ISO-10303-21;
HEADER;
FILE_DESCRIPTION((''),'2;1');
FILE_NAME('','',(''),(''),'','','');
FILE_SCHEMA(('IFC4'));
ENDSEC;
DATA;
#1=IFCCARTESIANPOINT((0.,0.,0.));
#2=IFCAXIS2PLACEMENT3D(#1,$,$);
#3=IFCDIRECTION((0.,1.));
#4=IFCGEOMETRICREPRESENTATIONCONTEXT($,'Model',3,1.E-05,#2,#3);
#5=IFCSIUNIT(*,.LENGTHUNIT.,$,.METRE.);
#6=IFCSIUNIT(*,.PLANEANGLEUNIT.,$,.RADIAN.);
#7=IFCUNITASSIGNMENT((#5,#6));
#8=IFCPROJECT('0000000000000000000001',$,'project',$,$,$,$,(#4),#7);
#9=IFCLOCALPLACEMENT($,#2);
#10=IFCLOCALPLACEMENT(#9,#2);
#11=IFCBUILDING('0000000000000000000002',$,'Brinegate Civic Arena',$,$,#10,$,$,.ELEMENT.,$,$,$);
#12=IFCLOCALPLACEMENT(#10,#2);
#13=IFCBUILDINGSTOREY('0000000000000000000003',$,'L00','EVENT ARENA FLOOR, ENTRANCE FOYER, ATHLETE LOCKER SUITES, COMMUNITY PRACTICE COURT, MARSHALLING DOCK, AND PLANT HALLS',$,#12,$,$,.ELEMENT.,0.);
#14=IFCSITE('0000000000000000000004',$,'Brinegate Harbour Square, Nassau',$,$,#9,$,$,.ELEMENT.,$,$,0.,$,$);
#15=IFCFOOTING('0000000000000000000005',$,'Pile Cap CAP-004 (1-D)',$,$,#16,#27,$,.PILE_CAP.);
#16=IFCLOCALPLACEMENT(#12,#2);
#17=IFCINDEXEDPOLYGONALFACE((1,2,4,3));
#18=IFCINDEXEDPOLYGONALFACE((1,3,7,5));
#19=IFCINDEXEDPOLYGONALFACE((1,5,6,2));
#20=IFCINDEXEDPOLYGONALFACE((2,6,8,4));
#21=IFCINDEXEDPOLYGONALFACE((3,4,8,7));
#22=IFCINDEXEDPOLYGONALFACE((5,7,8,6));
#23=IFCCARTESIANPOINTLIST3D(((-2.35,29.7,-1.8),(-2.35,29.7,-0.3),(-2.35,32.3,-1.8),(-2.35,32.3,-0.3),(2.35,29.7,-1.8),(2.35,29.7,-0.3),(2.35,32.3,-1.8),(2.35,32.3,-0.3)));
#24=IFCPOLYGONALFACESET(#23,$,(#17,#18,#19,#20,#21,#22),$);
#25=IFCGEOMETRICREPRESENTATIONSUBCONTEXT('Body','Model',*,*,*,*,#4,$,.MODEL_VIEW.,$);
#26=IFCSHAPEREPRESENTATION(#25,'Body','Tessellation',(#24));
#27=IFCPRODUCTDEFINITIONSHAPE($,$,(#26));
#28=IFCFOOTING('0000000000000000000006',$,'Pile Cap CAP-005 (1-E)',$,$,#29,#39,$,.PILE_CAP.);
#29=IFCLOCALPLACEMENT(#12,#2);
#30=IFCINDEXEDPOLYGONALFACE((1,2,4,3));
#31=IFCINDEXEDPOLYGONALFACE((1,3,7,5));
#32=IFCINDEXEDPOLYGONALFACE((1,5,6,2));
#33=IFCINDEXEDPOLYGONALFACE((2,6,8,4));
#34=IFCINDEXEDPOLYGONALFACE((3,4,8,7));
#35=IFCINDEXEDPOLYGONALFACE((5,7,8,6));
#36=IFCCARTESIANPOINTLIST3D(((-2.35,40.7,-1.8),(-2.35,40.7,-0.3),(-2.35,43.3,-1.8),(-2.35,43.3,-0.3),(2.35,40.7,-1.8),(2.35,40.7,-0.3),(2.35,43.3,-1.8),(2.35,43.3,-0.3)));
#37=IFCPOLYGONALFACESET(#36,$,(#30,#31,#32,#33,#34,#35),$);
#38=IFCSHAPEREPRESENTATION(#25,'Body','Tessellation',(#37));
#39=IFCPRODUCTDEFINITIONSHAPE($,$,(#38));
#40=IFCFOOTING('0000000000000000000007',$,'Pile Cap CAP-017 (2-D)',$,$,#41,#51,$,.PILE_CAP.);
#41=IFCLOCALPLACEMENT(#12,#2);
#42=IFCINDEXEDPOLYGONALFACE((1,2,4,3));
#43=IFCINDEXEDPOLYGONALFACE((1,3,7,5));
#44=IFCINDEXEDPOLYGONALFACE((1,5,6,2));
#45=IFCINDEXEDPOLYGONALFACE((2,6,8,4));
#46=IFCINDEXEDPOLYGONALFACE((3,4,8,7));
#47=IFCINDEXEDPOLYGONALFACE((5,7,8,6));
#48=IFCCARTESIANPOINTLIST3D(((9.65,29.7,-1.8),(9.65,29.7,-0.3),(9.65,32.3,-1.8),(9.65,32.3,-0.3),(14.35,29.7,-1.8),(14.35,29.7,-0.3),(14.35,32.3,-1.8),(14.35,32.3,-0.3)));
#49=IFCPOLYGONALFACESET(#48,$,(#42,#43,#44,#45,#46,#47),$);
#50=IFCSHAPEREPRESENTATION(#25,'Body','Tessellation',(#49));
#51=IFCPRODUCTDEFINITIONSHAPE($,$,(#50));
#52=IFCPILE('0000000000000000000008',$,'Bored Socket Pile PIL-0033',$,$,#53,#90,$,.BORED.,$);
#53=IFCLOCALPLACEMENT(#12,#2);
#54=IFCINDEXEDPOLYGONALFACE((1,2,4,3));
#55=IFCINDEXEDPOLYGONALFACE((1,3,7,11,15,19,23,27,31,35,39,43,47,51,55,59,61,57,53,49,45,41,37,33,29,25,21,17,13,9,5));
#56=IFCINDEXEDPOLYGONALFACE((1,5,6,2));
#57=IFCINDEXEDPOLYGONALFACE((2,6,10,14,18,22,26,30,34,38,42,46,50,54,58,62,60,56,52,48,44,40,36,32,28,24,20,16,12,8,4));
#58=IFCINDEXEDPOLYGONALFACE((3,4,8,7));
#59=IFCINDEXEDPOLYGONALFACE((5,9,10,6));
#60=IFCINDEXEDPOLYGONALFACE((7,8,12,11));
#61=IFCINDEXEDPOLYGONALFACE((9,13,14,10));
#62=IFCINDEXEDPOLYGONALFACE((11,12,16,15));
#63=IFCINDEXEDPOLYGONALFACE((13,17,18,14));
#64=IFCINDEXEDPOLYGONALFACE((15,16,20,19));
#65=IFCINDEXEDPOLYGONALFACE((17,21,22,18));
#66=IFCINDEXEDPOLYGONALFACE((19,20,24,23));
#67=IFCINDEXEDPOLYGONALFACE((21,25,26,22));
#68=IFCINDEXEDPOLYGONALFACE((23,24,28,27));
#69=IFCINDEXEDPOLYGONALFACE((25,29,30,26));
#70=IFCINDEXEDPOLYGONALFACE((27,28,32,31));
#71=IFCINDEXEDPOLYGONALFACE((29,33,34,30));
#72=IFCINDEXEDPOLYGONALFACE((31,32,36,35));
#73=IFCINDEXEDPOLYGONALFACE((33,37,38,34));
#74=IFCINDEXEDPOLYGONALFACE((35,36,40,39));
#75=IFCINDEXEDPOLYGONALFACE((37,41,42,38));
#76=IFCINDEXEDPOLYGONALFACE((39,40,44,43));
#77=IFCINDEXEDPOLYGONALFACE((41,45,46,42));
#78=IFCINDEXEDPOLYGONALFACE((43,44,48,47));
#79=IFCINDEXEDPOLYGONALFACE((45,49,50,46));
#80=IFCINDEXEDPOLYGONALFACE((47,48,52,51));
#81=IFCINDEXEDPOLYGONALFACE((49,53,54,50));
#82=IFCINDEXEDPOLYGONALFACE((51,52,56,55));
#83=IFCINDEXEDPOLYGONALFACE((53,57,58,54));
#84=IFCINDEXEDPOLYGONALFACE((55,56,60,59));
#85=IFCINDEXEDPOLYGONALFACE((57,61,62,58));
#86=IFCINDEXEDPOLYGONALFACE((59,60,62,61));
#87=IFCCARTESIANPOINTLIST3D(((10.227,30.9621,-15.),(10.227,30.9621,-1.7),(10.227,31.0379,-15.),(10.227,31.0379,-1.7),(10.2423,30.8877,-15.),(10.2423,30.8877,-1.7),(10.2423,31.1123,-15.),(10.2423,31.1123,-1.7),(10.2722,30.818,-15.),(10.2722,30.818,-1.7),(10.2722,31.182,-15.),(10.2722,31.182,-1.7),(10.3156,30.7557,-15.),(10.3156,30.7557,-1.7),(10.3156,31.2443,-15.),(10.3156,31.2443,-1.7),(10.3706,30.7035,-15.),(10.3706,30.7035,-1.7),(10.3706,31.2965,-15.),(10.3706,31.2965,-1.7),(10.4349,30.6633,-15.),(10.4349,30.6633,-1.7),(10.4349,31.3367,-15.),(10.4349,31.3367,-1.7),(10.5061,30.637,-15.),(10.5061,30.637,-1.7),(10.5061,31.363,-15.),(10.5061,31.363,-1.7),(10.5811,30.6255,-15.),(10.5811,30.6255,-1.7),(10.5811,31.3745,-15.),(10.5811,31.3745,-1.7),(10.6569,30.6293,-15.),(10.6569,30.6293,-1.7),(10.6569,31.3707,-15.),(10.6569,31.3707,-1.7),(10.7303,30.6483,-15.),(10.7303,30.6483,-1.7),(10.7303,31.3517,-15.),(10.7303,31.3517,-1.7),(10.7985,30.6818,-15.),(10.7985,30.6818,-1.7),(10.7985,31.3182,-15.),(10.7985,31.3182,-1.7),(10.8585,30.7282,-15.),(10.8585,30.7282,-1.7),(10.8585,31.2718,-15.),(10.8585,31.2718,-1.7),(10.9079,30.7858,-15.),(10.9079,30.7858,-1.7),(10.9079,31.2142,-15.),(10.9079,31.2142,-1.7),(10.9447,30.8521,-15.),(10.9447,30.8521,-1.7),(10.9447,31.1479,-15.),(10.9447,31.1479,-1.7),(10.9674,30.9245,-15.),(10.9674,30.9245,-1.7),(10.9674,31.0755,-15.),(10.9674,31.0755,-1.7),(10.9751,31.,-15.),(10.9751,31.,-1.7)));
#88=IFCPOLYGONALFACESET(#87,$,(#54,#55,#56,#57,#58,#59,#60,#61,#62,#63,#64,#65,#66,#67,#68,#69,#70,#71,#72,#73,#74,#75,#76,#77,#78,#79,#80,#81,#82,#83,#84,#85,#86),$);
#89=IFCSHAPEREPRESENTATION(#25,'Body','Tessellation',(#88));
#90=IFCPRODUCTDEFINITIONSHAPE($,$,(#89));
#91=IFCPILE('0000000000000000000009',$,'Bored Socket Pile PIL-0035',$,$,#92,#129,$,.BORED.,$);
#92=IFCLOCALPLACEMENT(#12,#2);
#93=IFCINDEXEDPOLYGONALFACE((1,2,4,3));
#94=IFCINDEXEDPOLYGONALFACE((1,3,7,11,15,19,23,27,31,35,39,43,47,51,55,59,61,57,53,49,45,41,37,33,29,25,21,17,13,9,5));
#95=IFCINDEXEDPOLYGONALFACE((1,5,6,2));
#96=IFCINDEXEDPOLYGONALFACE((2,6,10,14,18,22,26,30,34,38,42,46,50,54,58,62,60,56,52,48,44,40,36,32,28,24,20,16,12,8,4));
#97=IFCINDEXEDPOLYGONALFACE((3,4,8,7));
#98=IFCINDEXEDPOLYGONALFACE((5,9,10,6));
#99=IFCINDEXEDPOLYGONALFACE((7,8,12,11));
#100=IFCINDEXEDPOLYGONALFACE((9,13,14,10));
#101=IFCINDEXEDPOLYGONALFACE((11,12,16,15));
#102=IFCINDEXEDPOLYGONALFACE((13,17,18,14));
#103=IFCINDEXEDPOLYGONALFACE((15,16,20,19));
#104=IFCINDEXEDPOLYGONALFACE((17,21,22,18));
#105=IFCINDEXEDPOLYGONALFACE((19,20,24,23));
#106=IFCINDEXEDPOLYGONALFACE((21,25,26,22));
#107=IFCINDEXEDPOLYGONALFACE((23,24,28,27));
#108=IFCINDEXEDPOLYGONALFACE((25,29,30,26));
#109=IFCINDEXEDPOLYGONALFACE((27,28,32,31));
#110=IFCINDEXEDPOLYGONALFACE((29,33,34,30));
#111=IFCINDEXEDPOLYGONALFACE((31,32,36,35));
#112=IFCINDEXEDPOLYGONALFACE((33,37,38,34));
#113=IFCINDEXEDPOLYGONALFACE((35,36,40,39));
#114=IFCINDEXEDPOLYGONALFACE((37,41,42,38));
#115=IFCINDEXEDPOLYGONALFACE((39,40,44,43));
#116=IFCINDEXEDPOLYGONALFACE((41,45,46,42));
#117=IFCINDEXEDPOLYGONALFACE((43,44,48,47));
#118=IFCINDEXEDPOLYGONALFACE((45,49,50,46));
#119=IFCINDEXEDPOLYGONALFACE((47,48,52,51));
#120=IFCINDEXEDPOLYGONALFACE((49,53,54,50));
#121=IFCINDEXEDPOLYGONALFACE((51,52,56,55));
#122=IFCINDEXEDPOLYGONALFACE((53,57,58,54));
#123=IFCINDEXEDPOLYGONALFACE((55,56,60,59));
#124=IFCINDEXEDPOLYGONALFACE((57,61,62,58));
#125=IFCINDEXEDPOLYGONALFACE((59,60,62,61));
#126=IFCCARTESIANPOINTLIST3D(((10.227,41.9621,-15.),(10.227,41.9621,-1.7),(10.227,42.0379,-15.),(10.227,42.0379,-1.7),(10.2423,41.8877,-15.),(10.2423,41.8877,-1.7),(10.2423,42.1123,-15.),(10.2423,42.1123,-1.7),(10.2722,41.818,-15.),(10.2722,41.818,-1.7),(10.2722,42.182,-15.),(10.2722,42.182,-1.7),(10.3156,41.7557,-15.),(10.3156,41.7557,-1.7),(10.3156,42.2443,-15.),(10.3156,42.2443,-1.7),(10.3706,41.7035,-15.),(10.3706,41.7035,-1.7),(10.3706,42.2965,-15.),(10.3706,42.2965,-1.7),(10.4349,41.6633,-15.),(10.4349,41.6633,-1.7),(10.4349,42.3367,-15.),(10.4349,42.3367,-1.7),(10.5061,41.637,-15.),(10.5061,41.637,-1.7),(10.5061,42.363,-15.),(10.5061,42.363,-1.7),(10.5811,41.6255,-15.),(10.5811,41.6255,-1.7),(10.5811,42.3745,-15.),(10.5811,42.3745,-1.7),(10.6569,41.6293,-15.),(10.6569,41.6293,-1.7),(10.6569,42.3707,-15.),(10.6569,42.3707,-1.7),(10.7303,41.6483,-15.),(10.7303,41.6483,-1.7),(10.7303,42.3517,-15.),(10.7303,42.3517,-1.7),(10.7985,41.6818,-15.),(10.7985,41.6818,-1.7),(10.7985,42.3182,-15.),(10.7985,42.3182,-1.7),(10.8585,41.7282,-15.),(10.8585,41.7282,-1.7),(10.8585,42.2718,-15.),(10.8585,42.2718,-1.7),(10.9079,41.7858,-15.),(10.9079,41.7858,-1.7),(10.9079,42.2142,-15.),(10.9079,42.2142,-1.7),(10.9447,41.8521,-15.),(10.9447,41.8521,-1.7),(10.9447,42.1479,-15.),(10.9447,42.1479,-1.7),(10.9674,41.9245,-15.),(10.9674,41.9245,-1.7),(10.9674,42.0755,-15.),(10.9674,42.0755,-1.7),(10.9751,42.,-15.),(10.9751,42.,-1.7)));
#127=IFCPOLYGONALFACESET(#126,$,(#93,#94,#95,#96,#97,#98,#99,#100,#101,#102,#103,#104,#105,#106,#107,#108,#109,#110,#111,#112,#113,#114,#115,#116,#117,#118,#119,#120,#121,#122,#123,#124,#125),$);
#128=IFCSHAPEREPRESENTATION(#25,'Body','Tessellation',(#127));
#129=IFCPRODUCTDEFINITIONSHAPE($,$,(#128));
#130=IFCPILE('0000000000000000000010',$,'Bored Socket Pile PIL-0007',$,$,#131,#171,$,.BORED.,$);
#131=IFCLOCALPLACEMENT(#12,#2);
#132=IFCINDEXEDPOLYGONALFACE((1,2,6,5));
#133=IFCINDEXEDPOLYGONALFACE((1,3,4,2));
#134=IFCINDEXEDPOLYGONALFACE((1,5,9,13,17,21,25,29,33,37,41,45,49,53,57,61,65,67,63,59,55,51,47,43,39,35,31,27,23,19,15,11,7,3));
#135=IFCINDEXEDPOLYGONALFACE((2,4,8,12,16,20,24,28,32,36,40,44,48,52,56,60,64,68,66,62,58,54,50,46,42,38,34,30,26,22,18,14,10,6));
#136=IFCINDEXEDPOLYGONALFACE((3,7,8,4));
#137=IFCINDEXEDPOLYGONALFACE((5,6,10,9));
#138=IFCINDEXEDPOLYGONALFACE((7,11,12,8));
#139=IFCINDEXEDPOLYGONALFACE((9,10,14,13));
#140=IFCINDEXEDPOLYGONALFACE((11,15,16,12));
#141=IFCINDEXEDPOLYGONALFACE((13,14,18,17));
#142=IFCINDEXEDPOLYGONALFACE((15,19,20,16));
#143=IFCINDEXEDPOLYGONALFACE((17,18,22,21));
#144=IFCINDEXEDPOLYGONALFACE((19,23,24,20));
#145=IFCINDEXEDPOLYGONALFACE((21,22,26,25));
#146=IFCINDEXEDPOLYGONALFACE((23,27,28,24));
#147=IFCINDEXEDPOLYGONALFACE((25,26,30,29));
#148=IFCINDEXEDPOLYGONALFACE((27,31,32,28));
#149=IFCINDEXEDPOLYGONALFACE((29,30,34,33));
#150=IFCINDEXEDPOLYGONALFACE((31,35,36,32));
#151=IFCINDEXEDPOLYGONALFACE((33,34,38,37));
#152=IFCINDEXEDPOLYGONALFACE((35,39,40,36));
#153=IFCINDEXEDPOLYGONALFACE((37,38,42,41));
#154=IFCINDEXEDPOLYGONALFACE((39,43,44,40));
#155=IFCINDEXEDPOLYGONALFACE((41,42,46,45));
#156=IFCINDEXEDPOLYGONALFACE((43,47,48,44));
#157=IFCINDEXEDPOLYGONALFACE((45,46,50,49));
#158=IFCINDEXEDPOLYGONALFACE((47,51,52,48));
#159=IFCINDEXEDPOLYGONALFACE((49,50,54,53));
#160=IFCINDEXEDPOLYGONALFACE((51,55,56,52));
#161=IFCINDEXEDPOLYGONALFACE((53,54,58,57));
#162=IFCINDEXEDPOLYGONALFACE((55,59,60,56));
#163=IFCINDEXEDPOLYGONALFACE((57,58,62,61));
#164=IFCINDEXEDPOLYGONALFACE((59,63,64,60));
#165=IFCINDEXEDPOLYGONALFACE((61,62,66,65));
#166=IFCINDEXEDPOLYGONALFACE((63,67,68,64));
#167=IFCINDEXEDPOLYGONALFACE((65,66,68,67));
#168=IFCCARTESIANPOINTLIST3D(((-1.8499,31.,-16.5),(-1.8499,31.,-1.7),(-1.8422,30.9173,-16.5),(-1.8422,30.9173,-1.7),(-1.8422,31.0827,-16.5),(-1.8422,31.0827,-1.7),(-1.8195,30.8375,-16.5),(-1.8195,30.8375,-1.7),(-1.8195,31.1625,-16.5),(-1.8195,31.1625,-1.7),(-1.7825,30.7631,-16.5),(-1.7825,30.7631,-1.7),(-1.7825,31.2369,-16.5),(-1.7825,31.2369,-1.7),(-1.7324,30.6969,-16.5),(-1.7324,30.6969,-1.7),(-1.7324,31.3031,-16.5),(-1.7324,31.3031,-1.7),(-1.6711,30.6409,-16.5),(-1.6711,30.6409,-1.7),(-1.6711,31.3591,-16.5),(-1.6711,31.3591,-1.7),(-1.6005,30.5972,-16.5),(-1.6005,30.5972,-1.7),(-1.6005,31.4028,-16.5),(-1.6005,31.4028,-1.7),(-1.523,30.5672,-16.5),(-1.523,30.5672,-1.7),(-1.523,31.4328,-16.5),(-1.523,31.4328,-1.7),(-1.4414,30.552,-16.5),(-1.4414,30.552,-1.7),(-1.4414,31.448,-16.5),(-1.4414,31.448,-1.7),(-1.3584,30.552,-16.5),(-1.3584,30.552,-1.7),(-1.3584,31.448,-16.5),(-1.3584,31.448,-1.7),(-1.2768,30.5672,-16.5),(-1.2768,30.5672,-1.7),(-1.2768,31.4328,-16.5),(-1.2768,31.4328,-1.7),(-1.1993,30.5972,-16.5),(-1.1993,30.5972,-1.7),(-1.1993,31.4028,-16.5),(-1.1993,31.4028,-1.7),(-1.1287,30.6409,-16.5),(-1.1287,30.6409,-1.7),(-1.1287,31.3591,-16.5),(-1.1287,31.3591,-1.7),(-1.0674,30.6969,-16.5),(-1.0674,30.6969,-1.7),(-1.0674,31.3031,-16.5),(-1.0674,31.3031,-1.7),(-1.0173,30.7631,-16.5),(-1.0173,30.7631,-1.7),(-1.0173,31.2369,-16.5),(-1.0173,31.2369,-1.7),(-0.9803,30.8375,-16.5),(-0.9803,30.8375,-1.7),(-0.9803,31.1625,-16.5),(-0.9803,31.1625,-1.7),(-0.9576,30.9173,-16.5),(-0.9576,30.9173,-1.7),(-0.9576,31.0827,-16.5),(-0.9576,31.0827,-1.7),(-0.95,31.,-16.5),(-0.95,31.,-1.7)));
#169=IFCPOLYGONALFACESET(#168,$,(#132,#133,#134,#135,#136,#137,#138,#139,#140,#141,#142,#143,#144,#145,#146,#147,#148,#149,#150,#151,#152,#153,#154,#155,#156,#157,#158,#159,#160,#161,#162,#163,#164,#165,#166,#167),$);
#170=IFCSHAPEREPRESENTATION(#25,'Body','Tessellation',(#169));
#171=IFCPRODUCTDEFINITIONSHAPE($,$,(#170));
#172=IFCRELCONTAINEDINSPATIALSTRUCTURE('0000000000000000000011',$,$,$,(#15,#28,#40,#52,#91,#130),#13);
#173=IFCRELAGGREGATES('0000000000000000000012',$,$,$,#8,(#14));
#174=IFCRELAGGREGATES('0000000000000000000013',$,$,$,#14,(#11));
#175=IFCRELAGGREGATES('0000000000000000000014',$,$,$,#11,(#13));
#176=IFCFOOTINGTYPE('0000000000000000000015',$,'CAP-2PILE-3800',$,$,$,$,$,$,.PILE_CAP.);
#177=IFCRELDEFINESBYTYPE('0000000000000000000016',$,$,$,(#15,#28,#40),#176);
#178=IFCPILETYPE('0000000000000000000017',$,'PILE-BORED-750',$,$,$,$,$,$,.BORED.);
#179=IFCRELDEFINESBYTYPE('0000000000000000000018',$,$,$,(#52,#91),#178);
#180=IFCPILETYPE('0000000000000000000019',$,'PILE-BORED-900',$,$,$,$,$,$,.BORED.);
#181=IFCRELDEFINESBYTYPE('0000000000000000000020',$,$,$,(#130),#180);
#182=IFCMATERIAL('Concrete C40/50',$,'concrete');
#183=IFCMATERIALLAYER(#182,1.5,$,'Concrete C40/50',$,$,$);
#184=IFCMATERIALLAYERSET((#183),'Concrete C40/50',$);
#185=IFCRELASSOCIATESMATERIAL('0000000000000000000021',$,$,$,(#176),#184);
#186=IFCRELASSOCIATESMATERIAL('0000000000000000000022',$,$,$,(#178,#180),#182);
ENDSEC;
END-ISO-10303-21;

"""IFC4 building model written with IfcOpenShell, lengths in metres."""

from ifc_helpers import new_model, si_unit, direction, frame, origin, origin_2d, place, context, subcontext, project, spatial, rectangle, circle, extrude, material, layer, layer_set, material_profile, profile_set, type_object, element, save


model = new_model("IFC4")

# Units and contexts
model_context = context("Model", 3, precision=1e-05, world=origin(), true_north=direction((0.0, 1.0)))
body_context = subcontext(model_context, "Body", "Model", "MODEL_VIEW")
ifc_project = project(units=[si_unit("LENGTHUNIT", "METRE"), si_unit("PLANEANGLEUNIT", "RADIAN")], contexts=[model_context])

# Site, building, storey
site_placement = place(None, origin())
site = spatial("IfcSite", under=ifc_project, at=site_placement, Name="Brinegate Harbour Square, Nassau", CompositionType="ELEMENT", RefElevation=0.0)
building_placement = place(site_placement, origin())
building = spatial("IfcBuilding", under=site, at=building_placement, Name="Brinegate Civic Arena", CompositionType="ELEMENT")
storey_placement = place(building_placement, origin())
storey = spatial("IfcBuildingStorey", under=building, at=storey_placement, Name="L00", Description="EVENT ARENA FLOOR, ENTRANCE FOYER, ATHLETE LOCKER SUITES, COMMUNITY PRACTICE COURT, MARSHALLING DOCK, AND PLANT HALLS", CompositionType="ELEMENT", Elevation=0.0)

# Footings
ifc_material_1 = material(Name="Concrete C40/50", Category="concrete")
ifc_layer_1 = layer(ifc_material_1, 1.5, Name="Concrete C40/50")
ifc_layer_set_1 = layer_set([ifc_layer_1], Name="Concrete C40/50")
footing_type_1 = type_object("IfcFootingType", Name="CAP-2PILE-3800", PredefinedType="PILE_CAP", material=ifc_layer_set_1)
for number, where, z_axis, x_axis, name in (
    (1, (0.0, 31.0, -1.8), (0.0, 0.0, 1.0), (1.0, 0.0, 0.0), "Pile Cap CAP-004 (1-D)"),
    (2, (0.0, 42.0, -1.8), (0.0, 0.0, 1.0), (1.0, 0.0, 0.0), "Pile Cap CAP-005 (1-E)"),
    (3, (12.0, 31.0, -1.8), (0.0, 0.0, 1.0), (1.0, 0.0, 0.0), "Pile Cap CAP-017 (2-D)"),
):
    element("IfcFooting", number, at=place(storey_placement, frame(where, z_axis=z_axis, x_axis=x_axis)), inside=storey, type_object=footing_type_1, Name=name, PredefinedType="PILE_CAP", context=body_context, shape_type="SweptSolid", body=[
        extrude(rectangle(XDim=4.7, YDim=2.6001, at=origin_2d()), origin(), (0.0, 0.0, 1.0), 1.5),
    ])

# Piles
ifc_material_profile_1 = material_profile(ifc_material_1, circle(Radius=0.375, at=origin_2d()), Name="PILED750")
ifc_profile_set_1 = profile_set([ifc_material_profile_1], Name="Concrete C40/50")
pile_type_1 = type_object("IfcPileType", Name="PILE-BORED-750", PredefinedType="BORED", material=ifc_profile_set_1)
for number, where, z_axis, x_axis, name in (
    (4, (10.6001, 31.0, -1.7), (0.0, 0.0, -1.0), (1.0, 0.0, 0.0), "Bored Socket Pile PIL-0033"),
    (5, (10.6001, 42.0, -1.7), (0.0, 0.0, -1.0), (1.0, 0.0, 0.0), "Bored Socket Pile PIL-0035"),
):
    element("IfcPile", number, at=place(storey_placement, frame(where, z_axis=z_axis, x_axis=x_axis)), inside=storey, type_object=pile_type_1, Name=name, PredefinedType="BORED", context=body_context, shape_type="SweptSolid", body=[
        extrude(circle(Radius=0.375, at=origin_2d()), origin(), (0.0, 0.0, 1.0), 13.3),
    ])
ifc_material_profile_2 = material_profile(ifc_material_1, circle(Radius=0.45, at=origin_2d()), Name="PILED900")
ifc_profile_set_2 = profile_set([ifc_material_profile_2], Name="Concrete C40/50")
pile_type_2 = type_object("IfcPileType", Name="PILE-BORED-900", PredefinedType="BORED", material=ifc_profile_set_2)
for number, where, z_axis, x_axis, name in (
    (6, (-1.3999, 31.0, -1.7), (0.0, 0.0, -1.0), (1.0, 0.0, 0.0), "Bored Socket Pile PIL-0007"),
):
    element("IfcPile", number, at=place(storey_placement, frame(where, z_axis=z_axis, x_axis=x_axis)), inside=storey, type_object=pile_type_2, Name=name, PredefinedType="BORED", context=body_context, shape_type="SweptSolid", body=[
        extrude(circle(Radius=0.45, at=origin_2d()), origin(), (0.0, 0.0, 1.0), 14.8),
    ])

save(model, "model.ifc")
